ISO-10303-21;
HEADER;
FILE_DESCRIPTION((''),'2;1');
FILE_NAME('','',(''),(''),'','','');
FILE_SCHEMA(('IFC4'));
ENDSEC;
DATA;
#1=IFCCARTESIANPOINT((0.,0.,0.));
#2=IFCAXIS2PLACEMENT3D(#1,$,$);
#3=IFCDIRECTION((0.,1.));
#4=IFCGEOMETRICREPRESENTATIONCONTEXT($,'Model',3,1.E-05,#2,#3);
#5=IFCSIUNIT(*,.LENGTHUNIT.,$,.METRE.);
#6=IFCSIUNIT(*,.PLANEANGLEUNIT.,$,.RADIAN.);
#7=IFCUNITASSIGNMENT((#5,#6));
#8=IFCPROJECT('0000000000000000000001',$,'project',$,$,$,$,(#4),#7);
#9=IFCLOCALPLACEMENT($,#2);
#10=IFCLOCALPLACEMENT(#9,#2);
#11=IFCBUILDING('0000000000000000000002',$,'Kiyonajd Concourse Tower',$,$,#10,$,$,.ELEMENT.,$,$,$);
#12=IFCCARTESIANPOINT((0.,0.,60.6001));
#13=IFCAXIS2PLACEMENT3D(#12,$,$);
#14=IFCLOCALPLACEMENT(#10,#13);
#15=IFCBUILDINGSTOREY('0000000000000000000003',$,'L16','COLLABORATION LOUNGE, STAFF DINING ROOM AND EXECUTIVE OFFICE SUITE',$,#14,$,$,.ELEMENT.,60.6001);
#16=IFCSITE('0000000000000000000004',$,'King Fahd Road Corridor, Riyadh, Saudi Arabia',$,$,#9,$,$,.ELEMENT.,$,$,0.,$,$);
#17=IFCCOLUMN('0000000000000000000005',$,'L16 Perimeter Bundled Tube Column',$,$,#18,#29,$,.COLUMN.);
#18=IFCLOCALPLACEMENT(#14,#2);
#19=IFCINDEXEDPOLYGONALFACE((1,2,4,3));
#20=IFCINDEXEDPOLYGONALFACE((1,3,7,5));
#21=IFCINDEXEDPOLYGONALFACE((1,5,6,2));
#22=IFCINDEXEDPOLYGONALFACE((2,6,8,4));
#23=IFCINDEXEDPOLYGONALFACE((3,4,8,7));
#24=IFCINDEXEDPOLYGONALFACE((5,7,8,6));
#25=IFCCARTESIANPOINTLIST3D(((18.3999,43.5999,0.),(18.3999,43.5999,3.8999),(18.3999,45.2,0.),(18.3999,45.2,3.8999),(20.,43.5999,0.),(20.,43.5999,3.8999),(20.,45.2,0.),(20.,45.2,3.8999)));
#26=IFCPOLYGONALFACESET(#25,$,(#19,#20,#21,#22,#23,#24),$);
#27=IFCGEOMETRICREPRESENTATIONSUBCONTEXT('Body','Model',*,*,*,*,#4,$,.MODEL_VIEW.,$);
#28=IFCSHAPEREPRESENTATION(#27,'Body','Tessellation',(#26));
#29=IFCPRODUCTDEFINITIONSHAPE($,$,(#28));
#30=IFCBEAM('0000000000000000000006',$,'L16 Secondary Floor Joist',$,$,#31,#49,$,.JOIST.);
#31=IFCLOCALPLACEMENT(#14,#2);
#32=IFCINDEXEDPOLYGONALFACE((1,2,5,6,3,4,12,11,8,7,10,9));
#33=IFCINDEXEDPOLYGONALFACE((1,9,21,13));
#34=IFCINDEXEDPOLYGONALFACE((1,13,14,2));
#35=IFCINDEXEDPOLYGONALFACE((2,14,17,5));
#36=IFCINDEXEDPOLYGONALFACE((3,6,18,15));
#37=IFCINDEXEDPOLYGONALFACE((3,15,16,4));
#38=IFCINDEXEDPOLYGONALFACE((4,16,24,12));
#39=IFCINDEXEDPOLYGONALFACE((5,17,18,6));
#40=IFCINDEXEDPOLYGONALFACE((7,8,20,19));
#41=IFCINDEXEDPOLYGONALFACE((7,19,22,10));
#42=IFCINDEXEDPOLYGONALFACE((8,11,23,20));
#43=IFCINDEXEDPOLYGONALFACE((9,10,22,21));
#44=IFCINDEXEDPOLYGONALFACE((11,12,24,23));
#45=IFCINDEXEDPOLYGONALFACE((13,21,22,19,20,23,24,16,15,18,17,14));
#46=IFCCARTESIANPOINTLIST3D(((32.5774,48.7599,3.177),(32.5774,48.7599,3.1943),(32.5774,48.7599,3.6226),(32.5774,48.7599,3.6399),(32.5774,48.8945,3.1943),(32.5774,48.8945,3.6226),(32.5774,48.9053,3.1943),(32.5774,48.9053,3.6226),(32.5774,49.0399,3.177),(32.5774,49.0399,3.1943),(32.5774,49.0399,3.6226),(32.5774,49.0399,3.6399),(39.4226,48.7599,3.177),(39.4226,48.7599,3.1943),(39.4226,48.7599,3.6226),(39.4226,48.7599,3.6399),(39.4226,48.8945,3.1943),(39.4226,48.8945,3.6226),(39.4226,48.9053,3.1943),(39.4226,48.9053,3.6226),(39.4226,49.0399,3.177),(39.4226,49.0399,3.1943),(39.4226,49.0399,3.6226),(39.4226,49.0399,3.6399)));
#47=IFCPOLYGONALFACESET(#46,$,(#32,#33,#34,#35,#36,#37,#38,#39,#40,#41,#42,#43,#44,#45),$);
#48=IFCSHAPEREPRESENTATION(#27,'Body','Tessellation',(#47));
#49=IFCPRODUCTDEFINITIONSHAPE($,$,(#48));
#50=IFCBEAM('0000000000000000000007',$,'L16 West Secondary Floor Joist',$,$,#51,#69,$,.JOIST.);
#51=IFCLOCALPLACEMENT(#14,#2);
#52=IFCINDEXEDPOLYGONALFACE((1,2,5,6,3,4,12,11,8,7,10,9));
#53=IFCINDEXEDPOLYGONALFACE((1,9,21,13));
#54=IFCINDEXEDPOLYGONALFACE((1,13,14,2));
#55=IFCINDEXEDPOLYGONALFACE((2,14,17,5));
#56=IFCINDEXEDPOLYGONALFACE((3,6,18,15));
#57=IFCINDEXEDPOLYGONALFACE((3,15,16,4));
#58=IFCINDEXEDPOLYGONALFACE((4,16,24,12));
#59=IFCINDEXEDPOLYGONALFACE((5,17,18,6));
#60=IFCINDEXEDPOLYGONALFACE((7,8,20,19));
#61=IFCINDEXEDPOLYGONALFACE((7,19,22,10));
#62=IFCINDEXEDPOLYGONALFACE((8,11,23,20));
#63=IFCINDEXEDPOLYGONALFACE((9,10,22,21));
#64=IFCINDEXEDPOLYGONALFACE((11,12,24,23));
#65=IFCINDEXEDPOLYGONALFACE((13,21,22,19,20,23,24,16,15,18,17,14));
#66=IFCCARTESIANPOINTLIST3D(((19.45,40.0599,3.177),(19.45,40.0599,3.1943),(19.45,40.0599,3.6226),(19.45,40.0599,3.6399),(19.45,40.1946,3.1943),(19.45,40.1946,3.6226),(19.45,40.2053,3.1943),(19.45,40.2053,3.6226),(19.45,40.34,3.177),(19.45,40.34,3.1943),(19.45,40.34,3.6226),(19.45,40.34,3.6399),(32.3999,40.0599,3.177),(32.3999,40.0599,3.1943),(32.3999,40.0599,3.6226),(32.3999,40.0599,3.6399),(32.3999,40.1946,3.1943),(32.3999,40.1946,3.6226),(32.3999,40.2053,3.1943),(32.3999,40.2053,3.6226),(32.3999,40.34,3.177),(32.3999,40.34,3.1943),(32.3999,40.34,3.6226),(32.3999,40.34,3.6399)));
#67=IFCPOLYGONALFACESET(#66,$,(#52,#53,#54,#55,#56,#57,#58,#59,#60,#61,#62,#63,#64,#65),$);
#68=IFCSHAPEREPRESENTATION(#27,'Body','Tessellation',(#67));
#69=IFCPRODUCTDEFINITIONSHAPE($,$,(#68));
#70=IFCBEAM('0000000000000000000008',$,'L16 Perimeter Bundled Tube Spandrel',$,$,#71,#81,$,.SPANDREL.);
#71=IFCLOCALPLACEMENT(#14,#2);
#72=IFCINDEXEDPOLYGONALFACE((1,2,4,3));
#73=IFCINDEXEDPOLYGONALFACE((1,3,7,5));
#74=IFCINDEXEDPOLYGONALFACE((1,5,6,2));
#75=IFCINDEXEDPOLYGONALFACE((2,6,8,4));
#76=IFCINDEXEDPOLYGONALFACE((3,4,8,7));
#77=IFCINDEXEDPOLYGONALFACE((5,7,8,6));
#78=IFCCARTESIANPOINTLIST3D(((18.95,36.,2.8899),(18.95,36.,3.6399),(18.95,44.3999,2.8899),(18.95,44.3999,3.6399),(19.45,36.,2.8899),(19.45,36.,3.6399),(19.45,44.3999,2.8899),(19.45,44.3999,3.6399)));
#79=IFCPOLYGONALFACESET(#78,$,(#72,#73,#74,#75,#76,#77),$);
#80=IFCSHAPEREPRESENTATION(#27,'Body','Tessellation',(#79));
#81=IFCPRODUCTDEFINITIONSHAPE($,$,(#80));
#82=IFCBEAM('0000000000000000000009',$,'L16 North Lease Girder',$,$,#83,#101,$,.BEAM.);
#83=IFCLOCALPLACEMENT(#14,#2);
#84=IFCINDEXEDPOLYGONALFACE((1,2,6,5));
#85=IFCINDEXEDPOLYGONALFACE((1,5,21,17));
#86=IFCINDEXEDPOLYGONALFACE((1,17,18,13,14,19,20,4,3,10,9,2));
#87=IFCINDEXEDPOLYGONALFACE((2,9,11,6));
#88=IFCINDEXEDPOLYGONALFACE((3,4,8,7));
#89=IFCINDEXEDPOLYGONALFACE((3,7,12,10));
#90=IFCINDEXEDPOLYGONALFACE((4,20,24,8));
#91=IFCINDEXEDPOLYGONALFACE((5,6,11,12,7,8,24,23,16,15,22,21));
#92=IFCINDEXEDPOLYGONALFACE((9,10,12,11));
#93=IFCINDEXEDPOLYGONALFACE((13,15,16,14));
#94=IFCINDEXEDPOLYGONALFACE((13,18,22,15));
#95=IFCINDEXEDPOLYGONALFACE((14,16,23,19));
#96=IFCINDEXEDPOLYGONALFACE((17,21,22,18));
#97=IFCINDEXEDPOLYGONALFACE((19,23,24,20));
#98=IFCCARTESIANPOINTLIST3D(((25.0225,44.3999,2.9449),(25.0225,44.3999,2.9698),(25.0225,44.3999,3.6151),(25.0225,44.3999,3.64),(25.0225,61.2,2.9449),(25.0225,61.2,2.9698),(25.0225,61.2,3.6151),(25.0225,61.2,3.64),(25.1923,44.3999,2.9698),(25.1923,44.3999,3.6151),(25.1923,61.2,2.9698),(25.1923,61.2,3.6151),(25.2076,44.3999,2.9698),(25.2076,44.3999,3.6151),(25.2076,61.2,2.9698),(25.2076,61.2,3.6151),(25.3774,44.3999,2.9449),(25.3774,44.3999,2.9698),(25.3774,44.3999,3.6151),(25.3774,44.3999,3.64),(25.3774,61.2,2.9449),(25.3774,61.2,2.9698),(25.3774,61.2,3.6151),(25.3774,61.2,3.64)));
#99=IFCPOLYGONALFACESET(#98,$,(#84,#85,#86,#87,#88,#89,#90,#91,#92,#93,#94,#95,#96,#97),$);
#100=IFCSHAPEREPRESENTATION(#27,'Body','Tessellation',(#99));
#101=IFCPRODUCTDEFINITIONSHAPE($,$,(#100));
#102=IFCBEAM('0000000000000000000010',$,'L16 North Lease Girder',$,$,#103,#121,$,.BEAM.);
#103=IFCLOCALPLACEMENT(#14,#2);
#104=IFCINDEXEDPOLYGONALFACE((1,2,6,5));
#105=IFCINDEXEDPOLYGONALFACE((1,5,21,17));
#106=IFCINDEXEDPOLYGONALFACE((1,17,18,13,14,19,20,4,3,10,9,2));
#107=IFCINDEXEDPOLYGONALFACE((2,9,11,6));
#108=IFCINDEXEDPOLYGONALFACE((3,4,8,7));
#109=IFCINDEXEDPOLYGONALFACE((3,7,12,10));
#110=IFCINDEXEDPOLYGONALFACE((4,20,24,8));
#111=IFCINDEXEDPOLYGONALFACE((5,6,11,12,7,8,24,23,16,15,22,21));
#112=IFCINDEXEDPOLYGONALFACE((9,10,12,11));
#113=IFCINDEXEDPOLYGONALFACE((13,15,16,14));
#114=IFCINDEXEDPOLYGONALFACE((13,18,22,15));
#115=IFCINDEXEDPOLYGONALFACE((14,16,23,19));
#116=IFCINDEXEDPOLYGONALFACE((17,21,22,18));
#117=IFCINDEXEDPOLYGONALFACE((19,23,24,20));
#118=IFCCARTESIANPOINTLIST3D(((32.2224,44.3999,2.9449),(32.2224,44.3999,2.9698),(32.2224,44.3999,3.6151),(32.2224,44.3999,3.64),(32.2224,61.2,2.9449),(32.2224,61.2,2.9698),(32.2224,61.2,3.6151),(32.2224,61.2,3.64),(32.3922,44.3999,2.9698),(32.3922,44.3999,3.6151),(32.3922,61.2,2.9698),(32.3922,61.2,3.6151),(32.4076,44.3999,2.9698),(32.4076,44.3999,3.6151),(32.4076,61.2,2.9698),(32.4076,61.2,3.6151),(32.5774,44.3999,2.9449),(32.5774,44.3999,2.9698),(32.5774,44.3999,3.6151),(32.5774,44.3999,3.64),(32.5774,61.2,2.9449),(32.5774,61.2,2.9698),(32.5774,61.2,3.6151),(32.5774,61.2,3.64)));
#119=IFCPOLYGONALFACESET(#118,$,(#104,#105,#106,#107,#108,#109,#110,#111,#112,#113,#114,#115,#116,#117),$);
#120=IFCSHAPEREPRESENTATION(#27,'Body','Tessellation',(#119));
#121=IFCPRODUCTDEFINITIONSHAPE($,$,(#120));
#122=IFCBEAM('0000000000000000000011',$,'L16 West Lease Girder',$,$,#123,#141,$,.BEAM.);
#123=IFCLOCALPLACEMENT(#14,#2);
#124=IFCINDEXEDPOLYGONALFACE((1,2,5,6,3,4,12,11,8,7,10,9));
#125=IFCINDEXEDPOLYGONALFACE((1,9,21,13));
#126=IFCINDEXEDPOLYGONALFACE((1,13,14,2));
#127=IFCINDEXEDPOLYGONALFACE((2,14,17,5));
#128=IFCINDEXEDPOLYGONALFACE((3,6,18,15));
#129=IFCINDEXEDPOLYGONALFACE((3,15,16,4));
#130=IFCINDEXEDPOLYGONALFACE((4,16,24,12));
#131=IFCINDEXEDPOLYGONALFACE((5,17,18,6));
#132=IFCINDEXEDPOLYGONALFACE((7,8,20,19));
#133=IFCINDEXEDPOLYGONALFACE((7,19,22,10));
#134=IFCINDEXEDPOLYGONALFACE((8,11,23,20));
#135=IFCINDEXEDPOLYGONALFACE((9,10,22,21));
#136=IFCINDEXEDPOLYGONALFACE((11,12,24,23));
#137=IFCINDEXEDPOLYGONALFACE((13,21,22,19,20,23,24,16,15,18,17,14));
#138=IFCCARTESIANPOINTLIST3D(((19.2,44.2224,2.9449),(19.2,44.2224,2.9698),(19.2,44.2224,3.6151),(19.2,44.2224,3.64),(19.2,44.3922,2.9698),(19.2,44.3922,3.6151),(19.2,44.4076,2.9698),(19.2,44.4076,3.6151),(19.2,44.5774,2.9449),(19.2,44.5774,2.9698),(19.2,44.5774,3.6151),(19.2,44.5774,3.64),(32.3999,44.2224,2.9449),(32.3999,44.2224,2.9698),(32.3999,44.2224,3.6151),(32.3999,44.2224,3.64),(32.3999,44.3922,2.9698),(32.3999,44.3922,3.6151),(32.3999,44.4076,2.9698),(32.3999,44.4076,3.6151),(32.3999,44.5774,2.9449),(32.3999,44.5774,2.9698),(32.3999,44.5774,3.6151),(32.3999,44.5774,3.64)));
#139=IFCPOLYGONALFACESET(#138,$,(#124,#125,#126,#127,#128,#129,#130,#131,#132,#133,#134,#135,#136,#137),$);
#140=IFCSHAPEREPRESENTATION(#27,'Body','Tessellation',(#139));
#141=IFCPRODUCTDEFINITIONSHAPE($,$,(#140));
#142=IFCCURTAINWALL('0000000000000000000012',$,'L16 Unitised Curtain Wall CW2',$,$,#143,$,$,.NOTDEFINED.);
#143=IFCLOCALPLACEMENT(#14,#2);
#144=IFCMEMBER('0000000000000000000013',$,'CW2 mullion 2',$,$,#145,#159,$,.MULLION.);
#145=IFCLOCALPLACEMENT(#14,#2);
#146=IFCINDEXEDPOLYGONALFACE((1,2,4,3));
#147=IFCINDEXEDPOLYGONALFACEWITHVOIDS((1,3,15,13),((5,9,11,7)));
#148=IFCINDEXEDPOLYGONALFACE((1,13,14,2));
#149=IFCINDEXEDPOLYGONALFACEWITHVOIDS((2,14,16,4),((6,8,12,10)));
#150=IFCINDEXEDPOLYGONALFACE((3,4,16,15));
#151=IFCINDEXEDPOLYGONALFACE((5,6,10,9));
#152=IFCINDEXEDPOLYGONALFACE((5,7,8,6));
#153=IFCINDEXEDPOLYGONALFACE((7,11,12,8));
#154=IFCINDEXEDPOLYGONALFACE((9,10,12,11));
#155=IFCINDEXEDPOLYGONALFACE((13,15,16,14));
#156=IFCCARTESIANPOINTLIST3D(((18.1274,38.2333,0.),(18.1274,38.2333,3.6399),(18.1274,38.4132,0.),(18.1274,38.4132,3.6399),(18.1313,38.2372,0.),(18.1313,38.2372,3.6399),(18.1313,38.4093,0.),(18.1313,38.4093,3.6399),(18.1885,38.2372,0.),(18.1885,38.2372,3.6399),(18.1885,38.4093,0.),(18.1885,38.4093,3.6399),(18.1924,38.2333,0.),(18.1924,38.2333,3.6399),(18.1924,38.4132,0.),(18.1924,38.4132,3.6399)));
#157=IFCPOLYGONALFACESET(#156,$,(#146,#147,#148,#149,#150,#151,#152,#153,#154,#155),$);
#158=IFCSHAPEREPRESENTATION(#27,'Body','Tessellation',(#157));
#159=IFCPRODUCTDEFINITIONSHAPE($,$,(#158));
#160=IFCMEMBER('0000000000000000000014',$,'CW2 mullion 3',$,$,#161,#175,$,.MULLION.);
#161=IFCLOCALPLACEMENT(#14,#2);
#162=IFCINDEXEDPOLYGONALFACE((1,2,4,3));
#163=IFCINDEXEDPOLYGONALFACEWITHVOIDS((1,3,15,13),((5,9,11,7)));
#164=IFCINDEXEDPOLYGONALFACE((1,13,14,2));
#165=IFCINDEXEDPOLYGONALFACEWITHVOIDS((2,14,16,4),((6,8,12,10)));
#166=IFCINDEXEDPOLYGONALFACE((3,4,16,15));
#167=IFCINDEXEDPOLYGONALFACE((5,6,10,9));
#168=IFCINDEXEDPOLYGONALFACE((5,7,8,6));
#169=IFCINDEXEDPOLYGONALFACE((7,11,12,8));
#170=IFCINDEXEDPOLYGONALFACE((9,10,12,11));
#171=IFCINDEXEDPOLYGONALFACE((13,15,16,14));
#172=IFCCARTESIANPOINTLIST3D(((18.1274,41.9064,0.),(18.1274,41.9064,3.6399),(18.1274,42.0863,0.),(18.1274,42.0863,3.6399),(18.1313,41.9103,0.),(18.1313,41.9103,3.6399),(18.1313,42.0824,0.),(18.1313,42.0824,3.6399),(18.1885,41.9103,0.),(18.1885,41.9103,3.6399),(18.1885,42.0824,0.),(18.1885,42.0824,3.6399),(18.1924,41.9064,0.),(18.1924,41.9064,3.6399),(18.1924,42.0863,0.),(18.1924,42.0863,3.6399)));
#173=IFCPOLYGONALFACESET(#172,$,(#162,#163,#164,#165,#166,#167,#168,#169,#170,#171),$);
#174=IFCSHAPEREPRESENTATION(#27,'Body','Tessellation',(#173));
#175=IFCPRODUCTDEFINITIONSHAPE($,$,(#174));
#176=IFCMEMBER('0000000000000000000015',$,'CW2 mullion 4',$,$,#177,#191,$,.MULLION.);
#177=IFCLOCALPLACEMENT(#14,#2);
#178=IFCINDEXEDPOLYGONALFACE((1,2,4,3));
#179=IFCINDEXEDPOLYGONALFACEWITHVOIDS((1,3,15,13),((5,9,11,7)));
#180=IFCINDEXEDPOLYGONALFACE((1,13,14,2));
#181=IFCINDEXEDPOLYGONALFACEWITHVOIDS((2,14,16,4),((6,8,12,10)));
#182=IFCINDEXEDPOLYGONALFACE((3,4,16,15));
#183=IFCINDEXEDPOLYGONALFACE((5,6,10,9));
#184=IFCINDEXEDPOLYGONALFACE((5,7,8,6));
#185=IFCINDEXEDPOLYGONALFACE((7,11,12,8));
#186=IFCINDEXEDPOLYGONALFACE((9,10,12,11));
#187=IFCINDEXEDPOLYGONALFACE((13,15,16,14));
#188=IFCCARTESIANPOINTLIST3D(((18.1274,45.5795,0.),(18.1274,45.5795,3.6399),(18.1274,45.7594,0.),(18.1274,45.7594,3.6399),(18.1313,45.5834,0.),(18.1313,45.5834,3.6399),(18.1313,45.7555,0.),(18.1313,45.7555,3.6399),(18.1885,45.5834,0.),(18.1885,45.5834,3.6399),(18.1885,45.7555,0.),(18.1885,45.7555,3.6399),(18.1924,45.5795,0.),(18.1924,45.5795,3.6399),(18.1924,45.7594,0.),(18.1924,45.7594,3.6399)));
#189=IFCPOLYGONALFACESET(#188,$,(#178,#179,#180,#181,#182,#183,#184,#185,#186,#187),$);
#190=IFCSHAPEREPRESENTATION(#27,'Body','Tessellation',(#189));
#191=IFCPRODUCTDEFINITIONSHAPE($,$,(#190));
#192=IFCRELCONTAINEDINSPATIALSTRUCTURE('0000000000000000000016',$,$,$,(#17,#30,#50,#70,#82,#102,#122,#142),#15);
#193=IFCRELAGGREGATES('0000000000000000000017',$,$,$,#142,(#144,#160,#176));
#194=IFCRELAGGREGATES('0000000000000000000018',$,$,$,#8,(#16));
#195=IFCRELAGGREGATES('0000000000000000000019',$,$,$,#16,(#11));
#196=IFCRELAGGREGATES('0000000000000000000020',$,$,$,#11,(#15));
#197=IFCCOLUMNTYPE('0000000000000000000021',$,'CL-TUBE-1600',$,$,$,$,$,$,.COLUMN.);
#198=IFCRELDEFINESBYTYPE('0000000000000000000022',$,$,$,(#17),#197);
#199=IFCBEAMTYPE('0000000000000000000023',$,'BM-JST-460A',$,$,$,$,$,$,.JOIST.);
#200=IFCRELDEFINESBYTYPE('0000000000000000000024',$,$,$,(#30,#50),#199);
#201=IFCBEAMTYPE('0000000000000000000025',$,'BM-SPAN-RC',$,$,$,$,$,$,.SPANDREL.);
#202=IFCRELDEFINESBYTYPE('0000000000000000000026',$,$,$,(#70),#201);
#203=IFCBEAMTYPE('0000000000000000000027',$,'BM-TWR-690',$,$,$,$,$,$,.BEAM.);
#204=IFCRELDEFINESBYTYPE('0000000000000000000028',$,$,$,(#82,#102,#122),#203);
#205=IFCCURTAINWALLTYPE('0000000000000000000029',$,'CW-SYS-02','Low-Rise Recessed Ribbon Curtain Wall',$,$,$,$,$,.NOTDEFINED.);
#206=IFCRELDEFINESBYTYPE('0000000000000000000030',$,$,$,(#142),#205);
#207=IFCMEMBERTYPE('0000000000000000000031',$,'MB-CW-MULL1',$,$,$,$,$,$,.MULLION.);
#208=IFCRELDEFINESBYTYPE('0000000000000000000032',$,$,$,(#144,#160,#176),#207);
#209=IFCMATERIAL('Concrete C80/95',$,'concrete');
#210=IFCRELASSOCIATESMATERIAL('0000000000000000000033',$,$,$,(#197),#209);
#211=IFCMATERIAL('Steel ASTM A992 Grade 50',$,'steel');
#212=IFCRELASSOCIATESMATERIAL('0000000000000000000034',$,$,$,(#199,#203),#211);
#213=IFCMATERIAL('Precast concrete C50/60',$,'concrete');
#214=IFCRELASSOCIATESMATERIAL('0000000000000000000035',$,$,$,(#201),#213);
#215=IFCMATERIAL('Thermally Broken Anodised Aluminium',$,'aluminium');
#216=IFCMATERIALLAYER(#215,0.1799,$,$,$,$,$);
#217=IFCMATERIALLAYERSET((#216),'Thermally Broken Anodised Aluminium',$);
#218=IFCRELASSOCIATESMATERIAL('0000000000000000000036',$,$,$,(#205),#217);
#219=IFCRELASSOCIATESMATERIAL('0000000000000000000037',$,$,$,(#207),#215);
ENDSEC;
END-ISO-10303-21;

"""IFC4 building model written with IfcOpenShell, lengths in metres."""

from ifc_helpers import new_model, si_unit, direction, frame, origin, origin_2d, place, context, subcontext, project, spatial, rectangle, hollow_rectangle, i_section, extrude, material, layer, layer_set, material_profile, profile_set, type_object, element, aggregate, save


model = new_model("IFC4")

# Units and contexts
model_context = context("Model", 3, precision=1e-05, world=origin(), true_north=direction((0.0, 1.0)))
body_context = subcontext(model_context, "Body", "Model", "MODEL_VIEW")
ifc_project = project(units=[si_unit("LENGTHUNIT", "METRE"), si_unit("PLANEANGLEUNIT", "RADIAN")], contexts=[model_context])

# Site, building, storey
site_placement = place(None, origin())
site = spatial("IfcSite", under=ifc_project, at=site_placement, Name="King Fahd Road Corridor, Riyadh, Saudi Arabia", CompositionType="ELEMENT", RefElevation=0.0)
building_placement = place(site_placement, origin())
building = spatial("IfcBuilding", under=site, at=building_placement, Name="Kiyonajd Concourse Tower", CompositionType="ELEMENT")
storey_placement = place(building_placement, frame((0.0, 0.0, 60.6001)))
storey = spatial("IfcBuildingStorey", under=building, at=storey_placement, Name="L16", Description="COLLABORATION LOUNGE, STAFF DINING ROOM AND EXECUTIVE OFFICE SUITE", CompositionType="ELEMENT", Elevation=60.6001)

# Column
ifc_material_1 = material(Name="Concrete C80/95", Category="concrete")
ifc_material_profile_1 = material_profile(ifc_material_1, rectangle(XDim=1.6001, YDim=1.6001, at=origin_2d()), Name="RC-1600x1600")
ifc_profile_set_1 = profile_set([ifc_material_profile_1], Name="Concrete C80/95")
column_type = type_object("IfcColumnType", Name="CL-TUBE-1600", PredefinedType="COLUMN", material=ifc_profile_set_1)
column_placement = place(storey_placement, frame((19.2, 44.3999, 0.0), z_axis=(0.0, 0.0, 1.0), x_axis=(1.0, 0.0, 0.0)))
element("IfcColumn", 1, at=column_placement, inside=storey, type_object=column_type, Name="L16 Perimeter Bundled Tube Column", PredefinedType="COLUMN", context=body_context, shape_type="SweptSolid", body=[
    extrude(rectangle(XDim=1.6001, YDim=1.6001, at=origin_2d()), origin(), (0.0, 0.0, 1.0), 3.8999),
])

# Beams
ifc_material_2 = material(Name="Steel ASTM A992 Grade 50", Category="steel")
ifc_material_profile_2 = material_profile(ifc_material_2, i_section(OverallWidth=0.28, OverallDepth=0.4629, WebThickness=0.0107, FlangeThickness=0.0173, at=origin_2d()), Name="W460X113")
ifc_profile_set_2 = profile_set([ifc_material_profile_2], Name="Steel ASTM A992 Grade 50")
beam_type_1 = type_object("IfcBeamType", Name="BM-JST-460A", PredefinedType="JOIST", material=ifc_profile_set_2)
beam_1_placement = place(storey_placement, frame((32.5774, 48.8999, 3.4084), z_axis=(1.0, 0.0, 0.0), x_axis=(0.0, 1.0, 0.0)))
element("IfcBeam", 2, at=beam_1_placement, inside=storey, type_object=beam_type_1, Name="L16 Secondary Floor Joist", PredefinedType="JOIST", context=body_context, shape_type="SweptSolid", body=[
    extrude(i_section(OverallWidth=0.28, OverallDepth=0.4629, WebThickness=0.0107, FlangeThickness=0.0173, at=origin_2d()), origin(), (0.0, 0.0, 1.0), 6.8452),
])
beam_2_placement = place(storey_placement, frame((19.45, 40.2, 3.4084), z_axis=(1.0, 0.0, 0.0), x_axis=(0.0, 1.0, 0.0)))
element("IfcBeam", 3, at=beam_2_placement, inside=storey, type_object=beam_type_1, Name="L16 West Secondary Floor Joist", PredefinedType="JOIST", context=body_context, shape_type="SweptSolid", body=[
    extrude(i_section(OverallWidth=0.28, OverallDepth=0.4629, WebThickness=0.0107, FlangeThickness=0.0173, at=origin_2d()), origin(), (0.0, 0.0, 1.0), 12.95),
])
ifc_material_3 = material(Name="Precast concrete C50/60", Category="concrete")
ifc_material_profile_3 = material_profile(ifc_material_3, rectangle(XDim=0.5, YDim=0.75, at=origin_2d()), Name="RCBM-500x750")
ifc_profile_set_3 = profile_set([ifc_material_profile_3], Name="Precast concrete C50/60")
beam_type_2 = type_object("IfcBeamType", Name="BM-SPAN-RC", PredefinedType="SPANDREL", material=ifc_profile_set_3)
beam_3_placement = place(storey_placement, frame((19.2, 44.3999, 3.2649), z_axis=(0.0, -1.0, 0.0), x_axis=(1.0, 0.0, 0.0)))
element("IfcBeam", 4, at=beam_3_placement, inside=storey, type_object=beam_type_2, Name="L16 Perimeter Bundled Tube Spandrel", PredefinedType="SPANDREL", context=body_context, shape_type="SweptSolid", body=[
    extrude(rectangle(XDim=0.5, YDim=0.75, at=origin_2d()), origin(), (0.0, 0.0, 1.0), 8.3999),
])
ifc_material_profile_4 = material_profile(ifc_material_2, i_section(OverallWidth=0.355, OverallDepth=0.6951, WebThickness=0.0154, FlangeThickness=0.0249, at=origin_2d()), Name="W690X217")
ifc_profile_set_4 = profile_set([ifc_material_profile_4], Name="Steel ASTM A992 Grade 50")
beam_type_3 = type_object("IfcBeamType", Name="BM-TWR-690", PredefinedType="BEAM", material=ifc_profile_set_4)
for number, where, z_axis, x_axis, name in (
    (5, (25.2, 44.3999, 3.2925), (0.0, 1.0, 0.0), (-1.0, 0.0, 0.0), "L16 North Lease Girder"),
    (6, (32.3999, 44.3999, 3.2925), (0.0, 1.0, 0.0), (-1.0, 0.0, 0.0), "L16 North Lease Girder"),
):
    element("IfcBeam", number, at=place(storey_placement, frame(where, z_axis=z_axis, x_axis=x_axis)), inside=storey, type_object=beam_type_3, Name=name, PredefinedType="BEAM", context=body_context, shape_type="SweptSolid", body=[
        extrude(i_section(OverallWidth=0.355, OverallDepth=0.6951, WebThickness=0.0154, FlangeThickness=0.0249, at=origin_2d()), origin(), (0.0, 0.0, 1.0), 16.8),
    ])
beam_4_placement = place(storey_placement, frame((19.2, 44.3999, 3.2925), z_axis=(1.0, 0.0, 0.0), x_axis=(0.0, 1.0, 0.0)))
element("IfcBeam", 7, at=beam_4_placement, inside=storey, type_object=beam_type_3, Name="L16 West Lease Girder", PredefinedType="BEAM", context=body_context, shape_type="SweptSolid", body=[
    extrude(i_section(OverallWidth=0.355, OverallDepth=0.6951, WebThickness=0.0154, FlangeThickness=0.0249, at=origin_2d()), origin(), (0.0, 0.0, 1.0), 13.2),
])

# Curtain wall, members
ifc_material_4 = material(Name="Thermally Broken Anodised Aluminium", Category="aluminium")
ifc_layer_1 = layer(ifc_material_4, 0.1799)
ifc_layer_set_1 = layer_set([ifc_layer_1], Name="Thermally Broken Anodised Aluminium")
curtain_wall_type = type_object("IfcCurtainWallType", Name="CW-SYS-02", Description="Low-Rise Recessed Ribbon Curtain Wall", PredefinedType="NOTDEFINED", material=ifc_layer_set_1)
curtain_wall_placement = place(storey_placement, origin())
curtain_wall = element("IfcCurtainWall", 8, at=curtain_wall_placement, inside=storey, type_object=curtain_wall_type, Name="L16 Unitised Curtain Wall CW2", PredefinedType="NOTDEFINED")
ifc_material_profile_5 = material_profile(ifc_material_4, hollow_rectangle(XDim=0.0649, YDim=0.1799, WallThickness=0.0039, at=origin_2d()), Name="MULL-65x180")
ifc_profile_set_5 = profile_set([ifc_material_profile_5], Name="Thermally Broken Anodised Aluminium")
member_type_1 = type_object("IfcMemberType", Name="MB-CW-MULL1", PredefinedType="MULLION", material=ifc_profile_set_5)
member_1_placement = place(storey_placement, frame((18.1599, 38.3232, 0.0), z_axis=(0.0, 0.0, 1.0), x_axis=(-1.0, 0.0, 0.0)))
member_1 = element("IfcMember", 9, at=member_1_placement, type_object=member_type_1, Name="CW2 mullion 2", PredefinedType="MULLION", context=body_context, shape_type="SweptSolid", body=[
    extrude(hollow_rectangle(XDim=0.0649, YDim=0.1799, WallThickness=0.0039, at=origin_2d()), origin(), (0.0, 0.0, 1.0), 3.6399),
])
member_2_placement = place(storey_placement, frame((18.1599, 41.9963, 0.0), z_axis=(0.0, 0.0, 1.0), x_axis=(-1.0, 0.0, 0.0)))
member_2 = element("IfcMember", 10, at=member_2_placement, type_object=member_type_1, Name="CW2 mullion 3", PredefinedType="MULLION", context=body_context, shape_type="SweptSolid", body=[
    extrude(hollow_rectangle(XDim=0.0649, YDim=0.1799, WallThickness=0.0039, at=origin_2d()), origin(), (0.0, 0.0, 1.0), 3.6399),
])
member_3_placement = place(storey_placement, frame((18.1599, 45.6694, 0.0), z_axis=(0.0, 0.0, 1.0), x_axis=(-1.0, 0.0, 0.0)))
member_3 = element("IfcMember", 11, at=member_3_placement, type_object=member_type_1, Name="CW2 mullion 4", PredefinedType="MULLION", context=body_context, shape_type="SweptSolid", body=[
    extrude(hollow_rectangle(XDim=0.0649, YDim=0.1799, WallThickness=0.0039, at=origin_2d()), origin(), (0.0, 0.0, 1.0), 3.6399),
])
aggregate(curtain_wall, [member_1, member_2, member_3])

save(model, "model.ifc")
